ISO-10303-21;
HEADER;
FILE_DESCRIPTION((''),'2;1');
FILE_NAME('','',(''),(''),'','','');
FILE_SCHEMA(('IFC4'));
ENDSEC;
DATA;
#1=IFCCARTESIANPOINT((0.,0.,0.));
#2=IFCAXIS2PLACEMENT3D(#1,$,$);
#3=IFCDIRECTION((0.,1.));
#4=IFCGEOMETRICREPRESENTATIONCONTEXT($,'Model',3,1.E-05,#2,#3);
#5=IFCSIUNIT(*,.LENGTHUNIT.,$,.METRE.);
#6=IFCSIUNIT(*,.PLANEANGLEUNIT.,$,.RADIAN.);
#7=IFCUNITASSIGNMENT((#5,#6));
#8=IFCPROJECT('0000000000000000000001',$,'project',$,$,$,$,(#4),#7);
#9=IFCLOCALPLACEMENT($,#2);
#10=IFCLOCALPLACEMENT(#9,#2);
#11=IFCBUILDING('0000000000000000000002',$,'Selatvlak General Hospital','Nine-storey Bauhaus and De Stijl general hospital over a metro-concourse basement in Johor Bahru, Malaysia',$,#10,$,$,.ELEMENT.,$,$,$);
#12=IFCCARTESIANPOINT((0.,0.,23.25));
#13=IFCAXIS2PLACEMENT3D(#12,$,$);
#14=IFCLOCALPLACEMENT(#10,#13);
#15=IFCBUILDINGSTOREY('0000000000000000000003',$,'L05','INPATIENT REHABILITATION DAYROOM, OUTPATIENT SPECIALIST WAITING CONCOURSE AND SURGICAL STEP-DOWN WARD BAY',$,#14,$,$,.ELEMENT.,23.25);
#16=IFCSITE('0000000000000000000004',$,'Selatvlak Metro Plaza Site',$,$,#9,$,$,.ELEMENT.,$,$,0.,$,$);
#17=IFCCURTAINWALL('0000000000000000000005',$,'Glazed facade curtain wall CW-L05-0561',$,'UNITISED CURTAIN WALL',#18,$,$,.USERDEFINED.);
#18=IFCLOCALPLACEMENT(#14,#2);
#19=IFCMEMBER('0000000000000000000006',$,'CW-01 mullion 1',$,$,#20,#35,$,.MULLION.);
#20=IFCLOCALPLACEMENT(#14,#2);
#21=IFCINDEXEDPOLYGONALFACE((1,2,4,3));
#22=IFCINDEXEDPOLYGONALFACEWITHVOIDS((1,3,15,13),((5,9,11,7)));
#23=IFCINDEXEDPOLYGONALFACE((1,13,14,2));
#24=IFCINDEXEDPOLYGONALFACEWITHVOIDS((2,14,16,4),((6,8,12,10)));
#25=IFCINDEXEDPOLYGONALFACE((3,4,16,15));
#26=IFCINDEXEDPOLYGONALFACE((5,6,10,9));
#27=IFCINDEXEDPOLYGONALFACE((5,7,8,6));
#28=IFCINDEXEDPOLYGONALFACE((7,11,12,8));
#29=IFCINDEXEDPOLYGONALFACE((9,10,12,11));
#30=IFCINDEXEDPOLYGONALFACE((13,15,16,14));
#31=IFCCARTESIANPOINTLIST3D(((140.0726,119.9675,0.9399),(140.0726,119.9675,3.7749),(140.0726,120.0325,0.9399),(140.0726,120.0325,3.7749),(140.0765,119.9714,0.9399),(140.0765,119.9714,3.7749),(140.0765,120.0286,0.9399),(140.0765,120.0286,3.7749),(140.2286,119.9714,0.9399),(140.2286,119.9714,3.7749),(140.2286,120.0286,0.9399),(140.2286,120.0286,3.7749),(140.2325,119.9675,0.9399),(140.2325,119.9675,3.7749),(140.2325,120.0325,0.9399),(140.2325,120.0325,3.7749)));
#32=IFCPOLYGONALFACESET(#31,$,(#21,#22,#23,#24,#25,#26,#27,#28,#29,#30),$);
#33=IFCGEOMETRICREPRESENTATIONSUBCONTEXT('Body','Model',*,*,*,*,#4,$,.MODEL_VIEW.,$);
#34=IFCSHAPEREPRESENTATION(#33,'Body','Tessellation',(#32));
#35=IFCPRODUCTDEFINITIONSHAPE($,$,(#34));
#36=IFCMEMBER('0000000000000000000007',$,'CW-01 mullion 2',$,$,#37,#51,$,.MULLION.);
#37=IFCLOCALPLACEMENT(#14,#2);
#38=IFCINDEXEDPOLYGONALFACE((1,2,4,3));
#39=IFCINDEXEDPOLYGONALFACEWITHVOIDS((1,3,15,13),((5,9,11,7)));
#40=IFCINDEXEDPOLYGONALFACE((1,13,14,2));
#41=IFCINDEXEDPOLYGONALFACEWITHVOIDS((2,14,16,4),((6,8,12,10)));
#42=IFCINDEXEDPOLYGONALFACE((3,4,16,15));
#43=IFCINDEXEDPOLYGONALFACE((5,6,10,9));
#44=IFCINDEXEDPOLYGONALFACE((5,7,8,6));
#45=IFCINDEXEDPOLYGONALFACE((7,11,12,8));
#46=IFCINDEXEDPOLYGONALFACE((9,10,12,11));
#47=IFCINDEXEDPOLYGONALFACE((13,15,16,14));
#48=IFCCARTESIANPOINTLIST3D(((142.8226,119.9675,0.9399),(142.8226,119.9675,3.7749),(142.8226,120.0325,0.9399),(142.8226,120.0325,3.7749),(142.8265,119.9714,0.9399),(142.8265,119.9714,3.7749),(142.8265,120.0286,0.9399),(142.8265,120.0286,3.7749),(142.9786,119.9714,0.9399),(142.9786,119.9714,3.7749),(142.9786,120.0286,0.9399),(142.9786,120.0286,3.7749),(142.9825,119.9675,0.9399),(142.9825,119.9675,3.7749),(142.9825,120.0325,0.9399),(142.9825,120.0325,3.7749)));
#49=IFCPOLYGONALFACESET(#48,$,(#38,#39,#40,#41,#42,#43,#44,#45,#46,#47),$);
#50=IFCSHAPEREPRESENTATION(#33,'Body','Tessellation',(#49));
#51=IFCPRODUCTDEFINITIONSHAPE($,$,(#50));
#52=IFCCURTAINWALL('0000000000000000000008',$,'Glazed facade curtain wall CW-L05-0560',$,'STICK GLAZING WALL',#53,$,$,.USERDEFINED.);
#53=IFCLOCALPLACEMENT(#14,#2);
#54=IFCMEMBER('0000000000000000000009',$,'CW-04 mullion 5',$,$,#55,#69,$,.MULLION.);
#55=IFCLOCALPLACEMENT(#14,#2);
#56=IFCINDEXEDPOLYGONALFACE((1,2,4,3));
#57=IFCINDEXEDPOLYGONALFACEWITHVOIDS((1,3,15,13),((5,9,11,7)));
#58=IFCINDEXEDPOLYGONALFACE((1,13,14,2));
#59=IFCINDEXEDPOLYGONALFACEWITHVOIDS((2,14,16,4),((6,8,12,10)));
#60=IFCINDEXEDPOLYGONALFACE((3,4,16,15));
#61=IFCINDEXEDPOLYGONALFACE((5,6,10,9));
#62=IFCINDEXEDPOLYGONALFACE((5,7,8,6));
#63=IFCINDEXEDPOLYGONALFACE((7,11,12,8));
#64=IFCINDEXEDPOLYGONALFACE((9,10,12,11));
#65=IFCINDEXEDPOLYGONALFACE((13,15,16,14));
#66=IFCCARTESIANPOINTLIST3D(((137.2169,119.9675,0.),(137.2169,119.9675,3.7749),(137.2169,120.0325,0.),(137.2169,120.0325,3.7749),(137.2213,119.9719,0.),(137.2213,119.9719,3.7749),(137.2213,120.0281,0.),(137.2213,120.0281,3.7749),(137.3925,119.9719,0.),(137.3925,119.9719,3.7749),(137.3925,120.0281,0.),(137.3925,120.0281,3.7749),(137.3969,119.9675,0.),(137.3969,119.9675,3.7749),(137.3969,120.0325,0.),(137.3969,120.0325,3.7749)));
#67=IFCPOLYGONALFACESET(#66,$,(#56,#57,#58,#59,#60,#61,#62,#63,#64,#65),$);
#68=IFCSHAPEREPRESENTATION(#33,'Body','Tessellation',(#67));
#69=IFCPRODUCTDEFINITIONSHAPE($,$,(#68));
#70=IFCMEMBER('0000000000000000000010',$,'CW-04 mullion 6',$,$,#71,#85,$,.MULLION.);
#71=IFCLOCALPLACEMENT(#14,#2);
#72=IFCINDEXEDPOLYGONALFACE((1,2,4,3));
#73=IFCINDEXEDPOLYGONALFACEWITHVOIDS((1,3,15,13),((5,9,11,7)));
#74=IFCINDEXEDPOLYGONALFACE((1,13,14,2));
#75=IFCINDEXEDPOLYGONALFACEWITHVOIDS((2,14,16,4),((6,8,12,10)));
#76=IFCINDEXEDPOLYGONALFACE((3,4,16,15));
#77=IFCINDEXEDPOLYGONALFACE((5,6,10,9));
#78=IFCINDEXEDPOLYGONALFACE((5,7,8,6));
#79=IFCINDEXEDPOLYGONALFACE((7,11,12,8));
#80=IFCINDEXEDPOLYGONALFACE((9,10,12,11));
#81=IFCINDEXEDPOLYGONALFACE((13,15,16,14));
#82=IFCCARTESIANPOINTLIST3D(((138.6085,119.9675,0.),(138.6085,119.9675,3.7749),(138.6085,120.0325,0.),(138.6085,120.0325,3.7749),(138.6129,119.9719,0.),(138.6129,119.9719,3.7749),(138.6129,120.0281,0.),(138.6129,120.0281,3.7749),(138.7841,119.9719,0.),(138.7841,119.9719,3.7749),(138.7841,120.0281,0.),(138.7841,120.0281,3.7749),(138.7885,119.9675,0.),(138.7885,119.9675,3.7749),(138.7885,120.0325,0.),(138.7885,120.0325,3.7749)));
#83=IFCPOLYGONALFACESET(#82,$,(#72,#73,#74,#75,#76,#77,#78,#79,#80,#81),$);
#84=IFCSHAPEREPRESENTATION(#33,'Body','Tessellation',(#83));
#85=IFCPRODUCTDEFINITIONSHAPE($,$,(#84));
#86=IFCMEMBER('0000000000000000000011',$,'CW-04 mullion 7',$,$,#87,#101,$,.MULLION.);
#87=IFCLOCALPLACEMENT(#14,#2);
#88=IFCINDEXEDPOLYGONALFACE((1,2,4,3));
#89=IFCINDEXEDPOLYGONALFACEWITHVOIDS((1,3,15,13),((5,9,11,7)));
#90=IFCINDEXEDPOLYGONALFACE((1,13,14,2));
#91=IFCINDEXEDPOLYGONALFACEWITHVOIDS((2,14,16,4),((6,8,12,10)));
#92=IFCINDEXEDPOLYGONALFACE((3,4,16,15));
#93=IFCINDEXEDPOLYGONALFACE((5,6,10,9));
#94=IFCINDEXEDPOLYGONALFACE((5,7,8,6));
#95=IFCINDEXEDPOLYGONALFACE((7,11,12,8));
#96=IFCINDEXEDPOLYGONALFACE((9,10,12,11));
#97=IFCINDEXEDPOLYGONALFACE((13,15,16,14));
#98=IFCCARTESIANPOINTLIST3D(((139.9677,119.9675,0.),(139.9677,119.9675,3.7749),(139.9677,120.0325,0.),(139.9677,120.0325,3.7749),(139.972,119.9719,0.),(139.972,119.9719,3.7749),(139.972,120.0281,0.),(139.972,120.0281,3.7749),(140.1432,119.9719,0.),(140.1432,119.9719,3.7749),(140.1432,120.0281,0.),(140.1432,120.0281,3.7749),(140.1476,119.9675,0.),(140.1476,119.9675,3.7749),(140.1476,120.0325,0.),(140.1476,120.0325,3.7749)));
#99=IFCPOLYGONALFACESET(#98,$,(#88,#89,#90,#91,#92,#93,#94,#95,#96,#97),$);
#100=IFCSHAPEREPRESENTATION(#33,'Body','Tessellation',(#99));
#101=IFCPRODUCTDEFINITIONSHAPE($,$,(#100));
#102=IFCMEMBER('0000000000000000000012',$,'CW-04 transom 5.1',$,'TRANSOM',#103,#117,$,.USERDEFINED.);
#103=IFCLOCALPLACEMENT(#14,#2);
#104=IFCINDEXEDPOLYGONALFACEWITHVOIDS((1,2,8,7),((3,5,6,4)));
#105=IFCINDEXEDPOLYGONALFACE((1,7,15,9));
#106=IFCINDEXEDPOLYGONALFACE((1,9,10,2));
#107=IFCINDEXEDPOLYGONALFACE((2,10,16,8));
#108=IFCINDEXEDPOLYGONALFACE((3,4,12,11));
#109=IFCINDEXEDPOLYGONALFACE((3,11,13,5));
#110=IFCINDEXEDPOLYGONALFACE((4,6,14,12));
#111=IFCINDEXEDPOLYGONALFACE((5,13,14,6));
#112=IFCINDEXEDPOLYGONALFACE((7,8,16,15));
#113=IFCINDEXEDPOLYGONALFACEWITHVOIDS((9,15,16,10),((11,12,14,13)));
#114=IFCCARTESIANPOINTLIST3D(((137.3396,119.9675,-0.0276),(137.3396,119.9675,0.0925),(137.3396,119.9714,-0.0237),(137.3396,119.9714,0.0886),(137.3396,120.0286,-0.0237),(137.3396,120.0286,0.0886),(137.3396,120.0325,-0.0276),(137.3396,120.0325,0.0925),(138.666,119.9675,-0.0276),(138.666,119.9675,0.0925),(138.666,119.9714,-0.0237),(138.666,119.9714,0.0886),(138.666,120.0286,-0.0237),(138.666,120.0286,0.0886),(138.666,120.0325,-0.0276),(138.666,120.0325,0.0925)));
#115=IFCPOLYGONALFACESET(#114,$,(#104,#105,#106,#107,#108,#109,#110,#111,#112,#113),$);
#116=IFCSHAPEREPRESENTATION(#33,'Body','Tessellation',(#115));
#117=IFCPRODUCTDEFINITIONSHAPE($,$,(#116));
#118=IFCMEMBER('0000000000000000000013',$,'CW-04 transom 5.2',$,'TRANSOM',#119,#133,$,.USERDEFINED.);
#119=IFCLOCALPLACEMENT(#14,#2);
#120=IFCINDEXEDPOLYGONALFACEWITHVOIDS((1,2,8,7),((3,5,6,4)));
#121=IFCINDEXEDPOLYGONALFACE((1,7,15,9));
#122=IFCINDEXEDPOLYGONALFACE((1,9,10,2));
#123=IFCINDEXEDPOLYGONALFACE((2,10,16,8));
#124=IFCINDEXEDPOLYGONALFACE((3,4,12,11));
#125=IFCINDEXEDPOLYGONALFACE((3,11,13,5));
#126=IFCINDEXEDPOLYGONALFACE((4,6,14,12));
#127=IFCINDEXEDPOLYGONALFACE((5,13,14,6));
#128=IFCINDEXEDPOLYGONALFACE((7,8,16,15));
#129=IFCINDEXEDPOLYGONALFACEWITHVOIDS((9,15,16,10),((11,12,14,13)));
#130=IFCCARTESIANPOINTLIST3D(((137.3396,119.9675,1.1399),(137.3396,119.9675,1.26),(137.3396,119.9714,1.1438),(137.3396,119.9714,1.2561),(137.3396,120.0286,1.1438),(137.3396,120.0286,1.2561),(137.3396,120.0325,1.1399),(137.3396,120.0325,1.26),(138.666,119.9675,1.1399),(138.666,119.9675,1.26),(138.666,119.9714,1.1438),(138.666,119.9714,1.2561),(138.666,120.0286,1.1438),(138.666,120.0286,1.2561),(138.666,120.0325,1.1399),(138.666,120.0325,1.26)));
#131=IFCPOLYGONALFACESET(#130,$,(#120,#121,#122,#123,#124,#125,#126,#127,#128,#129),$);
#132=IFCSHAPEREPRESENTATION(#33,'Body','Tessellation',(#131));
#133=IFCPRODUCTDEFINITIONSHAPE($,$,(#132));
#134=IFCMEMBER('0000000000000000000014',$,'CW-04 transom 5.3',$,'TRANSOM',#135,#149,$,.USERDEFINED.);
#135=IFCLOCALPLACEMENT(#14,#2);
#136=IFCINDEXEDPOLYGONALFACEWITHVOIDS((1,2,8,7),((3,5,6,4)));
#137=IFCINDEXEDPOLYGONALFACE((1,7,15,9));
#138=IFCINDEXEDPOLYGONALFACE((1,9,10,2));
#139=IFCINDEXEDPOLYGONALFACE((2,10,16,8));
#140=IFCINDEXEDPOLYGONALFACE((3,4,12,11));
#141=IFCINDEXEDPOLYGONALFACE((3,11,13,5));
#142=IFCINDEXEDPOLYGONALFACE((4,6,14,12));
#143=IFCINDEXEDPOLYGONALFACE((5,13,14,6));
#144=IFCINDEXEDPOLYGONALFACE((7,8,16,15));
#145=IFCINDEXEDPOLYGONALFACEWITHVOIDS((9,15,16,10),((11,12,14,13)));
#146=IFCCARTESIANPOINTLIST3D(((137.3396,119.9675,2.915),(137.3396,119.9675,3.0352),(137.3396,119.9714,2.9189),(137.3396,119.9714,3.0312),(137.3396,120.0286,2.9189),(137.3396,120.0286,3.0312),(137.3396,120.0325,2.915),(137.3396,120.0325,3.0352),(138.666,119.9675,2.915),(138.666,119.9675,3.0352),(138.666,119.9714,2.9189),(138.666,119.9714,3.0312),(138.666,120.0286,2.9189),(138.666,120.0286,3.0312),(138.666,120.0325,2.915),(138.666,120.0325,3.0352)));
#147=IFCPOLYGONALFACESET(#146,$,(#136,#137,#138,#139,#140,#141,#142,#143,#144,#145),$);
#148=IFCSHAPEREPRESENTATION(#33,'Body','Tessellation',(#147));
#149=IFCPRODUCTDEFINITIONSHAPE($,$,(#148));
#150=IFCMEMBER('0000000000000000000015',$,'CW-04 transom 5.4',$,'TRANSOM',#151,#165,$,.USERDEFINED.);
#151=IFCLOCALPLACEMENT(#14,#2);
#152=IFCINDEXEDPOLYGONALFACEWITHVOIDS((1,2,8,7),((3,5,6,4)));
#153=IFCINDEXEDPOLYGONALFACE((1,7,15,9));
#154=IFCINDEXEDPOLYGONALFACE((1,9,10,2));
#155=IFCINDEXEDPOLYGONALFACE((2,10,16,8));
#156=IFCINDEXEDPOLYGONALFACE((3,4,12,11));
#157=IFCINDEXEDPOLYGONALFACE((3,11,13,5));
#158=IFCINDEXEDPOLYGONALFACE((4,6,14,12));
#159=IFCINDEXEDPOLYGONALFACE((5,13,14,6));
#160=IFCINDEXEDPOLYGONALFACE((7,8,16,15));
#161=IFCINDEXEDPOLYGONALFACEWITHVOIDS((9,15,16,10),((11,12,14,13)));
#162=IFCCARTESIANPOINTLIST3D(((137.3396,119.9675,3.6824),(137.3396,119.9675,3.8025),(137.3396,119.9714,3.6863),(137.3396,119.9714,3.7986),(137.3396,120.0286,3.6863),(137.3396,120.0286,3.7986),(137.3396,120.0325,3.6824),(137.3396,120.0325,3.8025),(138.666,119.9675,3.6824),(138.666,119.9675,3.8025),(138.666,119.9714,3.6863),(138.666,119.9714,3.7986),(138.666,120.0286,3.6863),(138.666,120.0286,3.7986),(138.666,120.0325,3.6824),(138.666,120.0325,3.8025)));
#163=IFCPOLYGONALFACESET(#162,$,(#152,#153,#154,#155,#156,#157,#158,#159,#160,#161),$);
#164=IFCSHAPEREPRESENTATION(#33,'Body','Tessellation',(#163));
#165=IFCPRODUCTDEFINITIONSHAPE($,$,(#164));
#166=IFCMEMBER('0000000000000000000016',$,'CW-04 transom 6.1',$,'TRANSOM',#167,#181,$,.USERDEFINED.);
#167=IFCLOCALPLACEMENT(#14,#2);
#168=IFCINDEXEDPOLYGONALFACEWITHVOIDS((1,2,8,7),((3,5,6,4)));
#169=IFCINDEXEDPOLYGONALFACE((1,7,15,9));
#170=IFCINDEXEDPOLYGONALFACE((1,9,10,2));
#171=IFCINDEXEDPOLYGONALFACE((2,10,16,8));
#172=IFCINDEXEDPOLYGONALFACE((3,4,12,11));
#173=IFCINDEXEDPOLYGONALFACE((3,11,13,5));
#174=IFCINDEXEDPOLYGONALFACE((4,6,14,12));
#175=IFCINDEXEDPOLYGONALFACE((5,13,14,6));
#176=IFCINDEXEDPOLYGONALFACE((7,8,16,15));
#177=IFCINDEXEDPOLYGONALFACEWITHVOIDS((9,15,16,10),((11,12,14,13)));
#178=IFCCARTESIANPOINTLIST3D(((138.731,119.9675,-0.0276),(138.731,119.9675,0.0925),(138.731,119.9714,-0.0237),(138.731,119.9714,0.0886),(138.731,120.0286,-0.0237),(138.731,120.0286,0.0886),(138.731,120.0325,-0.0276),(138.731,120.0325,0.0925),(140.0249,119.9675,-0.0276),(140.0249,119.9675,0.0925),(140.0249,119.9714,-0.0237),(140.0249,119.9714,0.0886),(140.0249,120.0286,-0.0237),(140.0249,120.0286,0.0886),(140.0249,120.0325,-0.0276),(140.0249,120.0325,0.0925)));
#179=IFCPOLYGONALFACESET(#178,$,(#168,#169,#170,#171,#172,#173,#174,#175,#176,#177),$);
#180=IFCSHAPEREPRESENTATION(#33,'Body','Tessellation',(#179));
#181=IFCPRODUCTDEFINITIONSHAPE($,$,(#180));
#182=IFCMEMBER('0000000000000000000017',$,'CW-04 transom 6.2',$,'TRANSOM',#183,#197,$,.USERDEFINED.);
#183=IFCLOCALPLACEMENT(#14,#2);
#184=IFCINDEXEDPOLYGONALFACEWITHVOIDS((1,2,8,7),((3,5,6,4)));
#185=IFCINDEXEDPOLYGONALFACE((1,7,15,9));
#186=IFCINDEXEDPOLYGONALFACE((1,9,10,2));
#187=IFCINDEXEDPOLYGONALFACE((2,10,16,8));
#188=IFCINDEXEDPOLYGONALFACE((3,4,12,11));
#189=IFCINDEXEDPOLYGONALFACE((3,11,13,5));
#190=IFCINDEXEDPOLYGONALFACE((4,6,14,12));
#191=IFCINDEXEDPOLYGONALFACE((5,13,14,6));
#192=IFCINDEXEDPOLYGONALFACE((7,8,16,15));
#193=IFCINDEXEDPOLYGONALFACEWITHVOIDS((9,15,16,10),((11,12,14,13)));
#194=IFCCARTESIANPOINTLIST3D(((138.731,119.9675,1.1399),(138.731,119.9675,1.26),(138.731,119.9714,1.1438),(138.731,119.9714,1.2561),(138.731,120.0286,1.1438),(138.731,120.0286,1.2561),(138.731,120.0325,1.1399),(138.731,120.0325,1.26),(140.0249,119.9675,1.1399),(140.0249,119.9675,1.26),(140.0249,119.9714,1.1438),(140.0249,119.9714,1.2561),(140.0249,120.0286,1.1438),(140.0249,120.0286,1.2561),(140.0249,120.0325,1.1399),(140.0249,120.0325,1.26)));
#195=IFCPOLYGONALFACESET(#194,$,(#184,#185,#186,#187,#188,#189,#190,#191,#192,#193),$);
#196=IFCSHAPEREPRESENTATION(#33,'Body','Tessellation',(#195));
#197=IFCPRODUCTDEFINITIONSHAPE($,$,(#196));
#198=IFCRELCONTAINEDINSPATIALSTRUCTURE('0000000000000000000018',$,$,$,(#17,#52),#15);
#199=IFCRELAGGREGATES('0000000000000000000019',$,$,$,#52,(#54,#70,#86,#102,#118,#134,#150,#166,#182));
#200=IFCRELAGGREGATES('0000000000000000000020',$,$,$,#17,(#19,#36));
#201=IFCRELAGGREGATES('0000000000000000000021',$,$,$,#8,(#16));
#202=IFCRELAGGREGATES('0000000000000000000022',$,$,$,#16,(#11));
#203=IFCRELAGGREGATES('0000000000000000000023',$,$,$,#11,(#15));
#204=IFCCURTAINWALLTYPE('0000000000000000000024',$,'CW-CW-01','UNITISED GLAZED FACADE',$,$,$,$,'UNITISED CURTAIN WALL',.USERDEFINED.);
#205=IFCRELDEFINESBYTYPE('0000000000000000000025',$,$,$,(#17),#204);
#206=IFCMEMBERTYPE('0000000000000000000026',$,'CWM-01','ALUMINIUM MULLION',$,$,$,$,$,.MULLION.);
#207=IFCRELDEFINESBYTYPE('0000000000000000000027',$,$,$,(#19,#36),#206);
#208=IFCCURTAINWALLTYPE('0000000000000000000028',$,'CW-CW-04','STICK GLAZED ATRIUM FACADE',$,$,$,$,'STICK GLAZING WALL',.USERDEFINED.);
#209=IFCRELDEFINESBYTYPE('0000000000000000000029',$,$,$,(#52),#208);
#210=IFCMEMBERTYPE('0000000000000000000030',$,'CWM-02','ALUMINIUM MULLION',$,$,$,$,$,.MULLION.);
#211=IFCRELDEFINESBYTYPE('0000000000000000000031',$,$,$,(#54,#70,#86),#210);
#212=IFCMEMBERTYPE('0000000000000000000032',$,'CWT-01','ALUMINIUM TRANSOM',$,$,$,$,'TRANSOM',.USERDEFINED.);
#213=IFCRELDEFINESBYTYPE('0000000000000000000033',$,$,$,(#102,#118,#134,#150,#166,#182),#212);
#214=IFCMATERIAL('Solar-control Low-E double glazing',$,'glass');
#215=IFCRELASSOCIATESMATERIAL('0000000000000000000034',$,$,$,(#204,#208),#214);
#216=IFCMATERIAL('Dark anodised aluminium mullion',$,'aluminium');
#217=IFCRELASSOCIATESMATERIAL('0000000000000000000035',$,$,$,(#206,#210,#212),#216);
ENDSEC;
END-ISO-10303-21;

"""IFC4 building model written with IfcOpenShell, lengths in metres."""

from ifc_helpers import new_model, si_unit, direction, frame, origin, origin_2d, place, context, subcontext, project, spatial, hollow_rectangle, extrude, material, material_profile, profile_set, type_object, element, aggregate, save


model = new_model("IFC4")

# Units and contexts
model_context = context("Model", 3, precision=1e-05, world=origin(), true_north=direction((0.0, 1.0)))
body_context = subcontext(model_context, "Body", "Model", "MODEL_VIEW")
ifc_project = project(units=[si_unit("LENGTHUNIT", "METRE"), si_unit("PLANEANGLEUNIT", "RADIAN")], contexts=[model_context])

# Site, building, storey
site_placement = place(None, origin())
site = spatial("IfcSite", under=ifc_project, at=site_placement, Name="Selatvlak Metro Plaza Site", CompositionType="ELEMENT", RefElevation=0.0)
building_placement = place(site_placement, origin())
building = spatial("IfcBuilding", under=site, at=building_placement, Name="Selatvlak General Hospital", Description="Nine-storey Bauhaus and De Stijl general hospital over a metro-concourse basement in Johor Bahru, Malaysia", CompositionType="ELEMENT")
storey_placement = place(building_placement, frame((0.0, 0.0, 23.25)))
storey = spatial("IfcBuildingStorey", under=building, at=storey_placement, Name="L05", Description="INPATIENT REHABILITATION DAYROOM, OUTPATIENT SPECIALIST WAITING CONCOURSE AND SURGICAL STEP-DOWN WARD BAY", CompositionType="ELEMENT", Elevation=23.25)

# Curtain walls, members
ifc_material_1 = material(Name="Solar-control Low-E double glazing", Category="glass")
curtain_wall_type_1 = type_object("IfcCurtainWallType", Name="CW-CW-01", Description="UNITISED GLAZED FACADE", ElementType="UNITISED CURTAIN WALL", PredefinedType="USERDEFINED", material=ifc_material_1)
curtain_wall_1_placement = place(storey_placement, origin())
curtain_wall_1 = element("IfcCurtainWall", 1, at=curtain_wall_1_placement, inside=storey, type_object=curtain_wall_type_1, Name="Glazed facade curtain wall CW-L05-0561", ObjectType="UNITISED CURTAIN WALL", PredefinedType="USERDEFINED")
ifc_material_2 = material(Name="Dark anodised aluminium mullion", Category="aluminium")
ifc_material_profile_1 = material_profile(ifc_material_2, hollow_rectangle(XDim=0.0649, YDim=0.1599, WallThickness=0.0039, at=origin_2d()), Name="AL-MUL 65x160x4")
ifc_profile_set_1 = profile_set([ifc_material_profile_1], Name="Dark anodised aluminium mullion")
member_type_1 = type_object("IfcMemberType", Name="CWM-01", Description="ALUMINIUM MULLION", PredefinedType="MULLION", material=ifc_profile_set_1)
member_1_placement = place(storey_placement, frame((140.1526, 120.0, 0.9399), z_axis=(0.0, 0.0, 1.0), x_axis=(0.0, 1.0, 0.0)))
member_1 = element("IfcMember", 2, at=member_1_placement, type_object=member_type_1, Name="CW-01 mullion 1", PredefinedType="MULLION", context=body_context, shape_type="SweptSolid", body=[
    extrude(hollow_rectangle(XDim=0.0649, YDim=0.1599, WallThickness=0.0039, at=origin_2d()), origin(), (0.0, 0.0, 1.0), 2.835),
])
member_2_placement = place(storey_placement, frame((142.9026, 120.0, 0.9399), z_axis=(0.0, 0.0, 1.0), x_axis=(0.0, 1.0, 0.0)))
member_2 = element("IfcMember", 3, at=member_2_placement, type_object=member_type_1, Name="CW-01 mullion 2", PredefinedType="MULLION", context=body_context, shape_type="SweptSolid", body=[
    extrude(hollow_rectangle(XDim=0.0649, YDim=0.1599, WallThickness=0.0039, at=origin_2d()), origin(), (0.0, 0.0, 1.0), 2.835),
])
curtain_wall_type_2 = type_object("IfcCurtainWallType", Name="CW-CW-04", Description="STICK GLAZED ATRIUM FACADE", ElementType="STICK GLAZING WALL", PredefinedType="USERDEFINED", material=ifc_material_1)
curtain_wall_2_placement = place(storey_placement, origin())
curtain_wall_2 = element("IfcCurtainWall", 4, at=curtain_wall_2_placement, inside=storey, type_object=curtain_wall_type_2, Name="Glazed facade curtain wall CW-L05-0560", ObjectType="STICK GLAZING WALL", PredefinedType="USERDEFINED")
ifc_material_profile_2 = material_profile(ifc_material_2, hollow_rectangle(XDim=0.0649, YDim=0.1799, WallThickness=0.0044, at=origin_2d()), Name="AL-MUL 65x180x4.5")
ifc_profile_set_2 = profile_set([ifc_material_profile_2], Name="Dark anodised aluminium mullion")
member_type_2 = type_object("IfcMemberType", Name="CWM-02", Description="ALUMINIUM MULLION", PredefinedType="MULLION", material=ifc_profile_set_2)
member_3_placement = place(storey_placement, frame((137.3069, 120.0, 0.0), z_axis=(0.0, 0.0, 1.0), x_axis=(0.0, 1.0, 0.0)))
member_3 = element("IfcMember", 5, at=member_3_placement, type_object=member_type_2, Name="CW-04 mullion 5", PredefinedType="MULLION", context=body_context, shape_type="SweptSolid", body=[
    extrude(hollow_rectangle(XDim=0.0649, YDim=0.1799, WallThickness=0.0044, at=origin_2d()), origin(), (0.0, 0.0, 1.0), 3.7749),
])
member_4_placement = place(storey_placement, frame((138.6985, 120.0, 0.0), z_axis=(0.0, 0.0, 1.0), x_axis=(0.0, 1.0, 0.0)))
member_4 = element("IfcMember", 6, at=member_4_placement, type_object=member_type_2, Name="CW-04 mullion 6", PredefinedType="MULLION", context=body_context, shape_type="SweptSolid", body=[
    extrude(hollow_rectangle(XDim=0.0649, YDim=0.1799, WallThickness=0.0044, at=origin_2d()), origin(), (0.0, 0.0, 1.0), 3.7749),
])
member_5_placement = place(storey_placement, frame((140.0576, 120.0, 0.0), z_axis=(0.0, 0.0, 1.0), x_axis=(0.0, 1.0, 0.0)))
member_5 = element("IfcMember", 7, at=member_5_placement, type_object=member_type_2, Name="CW-04 mullion 7", PredefinedType="MULLION", context=body_context, shape_type="SweptSolid", body=[
    extrude(hollow_rectangle(XDim=0.0649, YDim=0.1799, WallThickness=0.0044, at=origin_2d()), origin(), (0.0, 0.0, 1.0), 3.7749),
])
ifc_material_profile_3 = material_profile(ifc_material_2, hollow_rectangle(XDim=0.0649, YDim=0.1201, WallThickness=0.0039, at=origin_2d()), Name="AL-TRN 65x120x4")
ifc_profile_set_3 = profile_set([ifc_material_profile_3], Name="Dark anodised aluminium mullion")
member_type_3 = type_object("IfcMemberType", Name="CWT-01", Description="ALUMINIUM TRANSOM", ElementType="TRANSOM", PredefinedType="USERDEFINED", material=ifc_profile_set_3)
member_6_placement = place(storey_placement, frame((137.3396, 120.0, 0.0325), z_axis=(1.0, 0.0, 0.0), x_axis=(0.0, 1.0, 0.0)))
member_6 = element("IfcMember", 8, at=member_6_placement, type_object=member_type_3, Name="CW-04 transom 5.1", ObjectType="TRANSOM", PredefinedType="USERDEFINED", context=body_context, shape_type="SweptSolid", body=[
    extrude(hollow_rectangle(XDim=0.0649, YDim=0.1201, WallThickness=0.0039, at=origin_2d()), origin(), (0.0, 0.0, 1.0), 1.3264),
])
member_7_placement = place(storey_placement, frame((137.3396, 120.0, 1.2), z_axis=(1.0, 0.0, 0.0), x_axis=(0.0, 1.0, 0.0)))
member_7 = element("IfcMember", 9, at=member_7_placement, type_object=member_type_3, Name="CW-04 transom 5.2", ObjectType="TRANSOM", PredefinedType="USERDEFINED", context=body_context, shape_type="SweptSolid", body=[
    extrude(hollow_rectangle(XDim=0.0649, YDim=0.1201, WallThickness=0.0039, at=origin_2d()), origin(), (0.0, 0.0, 1.0), 1.3264),
])
member_8_placement = place(storey_placement, frame((137.3396, 120.0, 2.9751), z_axis=(1.0, 0.0, 0.0), x_axis=(0.0, 1.0, 0.0)))
member_8 = element("IfcMember", 10, at=member_8_placement, type_object=member_type_3, Name="CW-04 transom 5.3", ObjectType="TRANSOM", PredefinedType="USERDEFINED", context=body_context, shape_type="SweptSolid", body=[
    extrude(hollow_rectangle(XDim=0.0649, YDim=0.1201, WallThickness=0.0039, at=origin_2d()), origin(), (0.0, 0.0, 1.0), 1.3264),
])
member_9_placement = place(storey_placement, frame((137.3396, 120.0, 3.7424), z_axis=(1.0, 0.0, 0.0), x_axis=(0.0, 1.0, 0.0)))
member_9 = element("IfcMember", 11, at=member_9_placement, type_object=member_type_3, Name="CW-04 transom 5.4", ObjectType="TRANSOM", PredefinedType="USERDEFINED", context=body_context, shape_type="SweptSolid", body=[
    extrude(hollow_rectangle(XDim=0.0649, YDim=0.1201, WallThickness=0.0039, at=origin_2d()), origin(), (0.0, 0.0, 1.0), 1.3264),
])
member_10_placement = place(storey_placement, frame((138.731, 120.0, 0.0325), z_axis=(1.0, 0.0, 0.0), x_axis=(0.0, 1.0, 0.0)))
member_10 = element("IfcMember", 12, at=member_10_placement, type_object=member_type_3, Name="CW-04 transom 6.1", ObjectType="TRANSOM", PredefinedType="USERDEFINED", context=body_context, shape_type="SweptSolid", body=[
    extrude(hollow_rectangle(XDim=0.0649, YDim=0.1201, WallThickness=0.0039, at=origin_2d()), origin(), (0.0, 0.0, 1.0), 1.2939),
])
member_11_placement = place(storey_placement, frame((138.731, 120.0, 1.2), z_axis=(1.0, 0.0, 0.0), x_axis=(0.0, 1.0, 0.0)))
member_11 = element("IfcMember", 13, at=member_11_placement, type_object=member_type_3, Name="CW-04 transom 6.2", ObjectType="TRANSOM", PredefinedType="USERDEFINED", context=body_context, shape_type="SweptSolid", body=[
    extrude(hollow_rectangle(XDim=0.0649, YDim=0.1201, WallThickness=0.0039, at=origin_2d()), origin(), (0.0, 0.0, 1.0), 1.2939),
])

aggregate(curtain_wall_2, [member_3, member_4, member_5, member_6, member_7, member_8, member_9, member_10, member_11])
aggregate(curtain_wall_1, [member_1, member_2])

save(model, "model.ifc")
